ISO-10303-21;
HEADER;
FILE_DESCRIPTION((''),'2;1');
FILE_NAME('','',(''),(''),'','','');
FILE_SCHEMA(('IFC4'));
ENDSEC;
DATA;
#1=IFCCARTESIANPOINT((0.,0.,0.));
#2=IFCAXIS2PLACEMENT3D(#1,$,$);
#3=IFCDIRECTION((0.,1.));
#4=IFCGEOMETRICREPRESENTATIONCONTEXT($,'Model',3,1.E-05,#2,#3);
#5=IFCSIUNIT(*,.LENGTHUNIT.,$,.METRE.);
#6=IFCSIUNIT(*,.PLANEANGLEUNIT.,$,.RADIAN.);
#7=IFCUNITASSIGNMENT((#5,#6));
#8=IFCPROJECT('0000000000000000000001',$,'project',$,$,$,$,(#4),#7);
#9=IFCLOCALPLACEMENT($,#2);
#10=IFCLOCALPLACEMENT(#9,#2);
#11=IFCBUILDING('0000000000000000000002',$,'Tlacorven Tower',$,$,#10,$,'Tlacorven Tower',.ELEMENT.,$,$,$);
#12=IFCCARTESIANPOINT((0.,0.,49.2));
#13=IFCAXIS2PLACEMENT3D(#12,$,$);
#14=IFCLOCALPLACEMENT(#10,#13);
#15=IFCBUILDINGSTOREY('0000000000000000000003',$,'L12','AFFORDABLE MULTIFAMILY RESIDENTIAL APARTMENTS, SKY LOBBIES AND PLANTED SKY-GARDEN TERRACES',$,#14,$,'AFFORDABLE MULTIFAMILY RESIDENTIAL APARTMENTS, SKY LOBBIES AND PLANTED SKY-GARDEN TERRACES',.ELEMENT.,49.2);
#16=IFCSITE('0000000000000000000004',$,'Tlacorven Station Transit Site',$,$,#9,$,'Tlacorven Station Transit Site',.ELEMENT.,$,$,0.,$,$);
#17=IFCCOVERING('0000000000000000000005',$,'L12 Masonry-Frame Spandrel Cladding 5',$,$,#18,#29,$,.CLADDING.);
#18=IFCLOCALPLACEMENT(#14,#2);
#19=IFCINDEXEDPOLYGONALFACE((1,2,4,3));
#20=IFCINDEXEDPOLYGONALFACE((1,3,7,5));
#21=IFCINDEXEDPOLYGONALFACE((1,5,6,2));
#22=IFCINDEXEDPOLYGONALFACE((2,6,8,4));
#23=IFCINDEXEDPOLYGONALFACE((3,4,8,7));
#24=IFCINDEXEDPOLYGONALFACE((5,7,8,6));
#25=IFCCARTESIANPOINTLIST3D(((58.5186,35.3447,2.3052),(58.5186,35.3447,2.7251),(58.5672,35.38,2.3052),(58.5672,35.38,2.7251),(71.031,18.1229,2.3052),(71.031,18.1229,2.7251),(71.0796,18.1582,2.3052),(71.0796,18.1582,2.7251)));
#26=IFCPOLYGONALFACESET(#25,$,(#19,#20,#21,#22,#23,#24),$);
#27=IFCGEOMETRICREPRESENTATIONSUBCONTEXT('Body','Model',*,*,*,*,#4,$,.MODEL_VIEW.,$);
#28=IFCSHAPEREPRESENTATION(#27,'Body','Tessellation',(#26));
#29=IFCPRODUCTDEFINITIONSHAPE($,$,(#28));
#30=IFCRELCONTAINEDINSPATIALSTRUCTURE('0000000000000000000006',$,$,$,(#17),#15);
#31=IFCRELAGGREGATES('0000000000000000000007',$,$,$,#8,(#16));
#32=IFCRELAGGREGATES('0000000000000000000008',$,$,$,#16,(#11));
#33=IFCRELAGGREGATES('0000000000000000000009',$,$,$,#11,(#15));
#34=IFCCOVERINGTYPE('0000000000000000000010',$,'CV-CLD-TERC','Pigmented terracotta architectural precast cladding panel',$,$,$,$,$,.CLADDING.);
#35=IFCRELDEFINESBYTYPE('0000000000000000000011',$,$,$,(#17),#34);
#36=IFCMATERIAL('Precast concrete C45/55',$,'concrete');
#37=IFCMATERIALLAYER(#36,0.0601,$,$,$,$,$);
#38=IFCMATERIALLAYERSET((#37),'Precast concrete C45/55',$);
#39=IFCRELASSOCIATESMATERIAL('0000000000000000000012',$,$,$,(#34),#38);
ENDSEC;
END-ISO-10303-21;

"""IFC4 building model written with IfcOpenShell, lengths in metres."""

from ifc_helpers import new_model, si_unit, direction, frame, origin, origin_2d, place, context, subcontext, project, spatial, rectangle, extrude, source, transform, mapped, material, layer, layer_set, type_object, element, save


model = new_model("IFC4")

# Units and contexts
model_context = context("Model", 3, precision=1e-05, world=origin(), true_north=direction((0.0, 1.0)))
body_context = subcontext(model_context, "Body", "Model", "MODEL_VIEW")
ifc_project = project(units=[si_unit("LENGTHUNIT", "METRE"), si_unit("PLANEANGLEUNIT", "RADIAN")], contexts=[model_context])

# Site, building, storey
site_placement = place(None, origin())
site = spatial("IfcSite", under=ifc_project, at=site_placement, Name="Tlacorven Station Transit Site", LongName="Tlacorven Station Transit Site", CompositionType="ELEMENT", RefElevation=0.0)
building_placement = place(site_placement, origin())
building = spatial("IfcBuilding", under=site, at=building_placement, Name="Tlacorven Tower", LongName="Tlacorven Tower", CompositionType="ELEMENT")
storey_placement = place(building_placement, frame((0.0, 0.0, 49.2)))
storey = spatial("IfcBuildingStorey", under=building, at=storey_placement, Name="L12", Description="AFFORDABLE MULTIFAMILY RESIDENTIAL APARTMENTS, SKY LOBBIES AND PLANTED SKY-GARDEN TERRACES", LongName="AFFORDABLE MULTIFAMILY RESIDENTIAL APARTMENTS, SKY LOBBIES AND PLANTED SKY-GARDEN TERRACES", CompositionType="ELEMENT", Elevation=49.2)

# Shared definitions
ifc_material_1 = material(Name="Precast concrete C45/55", Category="concrete")

# Covering
ifc_layer_1 = layer(ifc_material_1, 0.0601)
ifc_layer_set_1 = layer_set([ifc_layer_1], Name="Precast concrete C45/55")
covering_type = type_object("IfcCoveringType", Name="CV-CLD-TERC", Description="Pigmented terracotta architectural precast cladding panel", PredefinedType="CLADDING", material=ifc_layer_set_1)
shared_shape_1 = source(origin(), body_context, "Body", "SweptSolid", [
    extrude(rectangle(XDim=21.2874, YDim=0.0601, at=origin_2d()), origin(), (0.0, 0.0, 1.0), 0.4199),
])
covering_placement = place(storey_placement, frame((64.7991, 26.7515, 2.3052), z_axis=(0.0, 0.0, 1.0), x_axis=(0.587785, -0.809017, 0.0)))
element("IfcCovering", 1, at=covering_placement, inside=storey, type_object=covering_type, Name="L12 Masonry-Frame Spandrel Cladding 5", PredefinedType="CLADDING", context=body_context, shape_type="MappedRepresentation", body=[
    mapped(shared_shape_1, transform((0.0, 0.0, 0.0), scale=1.0)),
])

save(model, "model.ifc")
